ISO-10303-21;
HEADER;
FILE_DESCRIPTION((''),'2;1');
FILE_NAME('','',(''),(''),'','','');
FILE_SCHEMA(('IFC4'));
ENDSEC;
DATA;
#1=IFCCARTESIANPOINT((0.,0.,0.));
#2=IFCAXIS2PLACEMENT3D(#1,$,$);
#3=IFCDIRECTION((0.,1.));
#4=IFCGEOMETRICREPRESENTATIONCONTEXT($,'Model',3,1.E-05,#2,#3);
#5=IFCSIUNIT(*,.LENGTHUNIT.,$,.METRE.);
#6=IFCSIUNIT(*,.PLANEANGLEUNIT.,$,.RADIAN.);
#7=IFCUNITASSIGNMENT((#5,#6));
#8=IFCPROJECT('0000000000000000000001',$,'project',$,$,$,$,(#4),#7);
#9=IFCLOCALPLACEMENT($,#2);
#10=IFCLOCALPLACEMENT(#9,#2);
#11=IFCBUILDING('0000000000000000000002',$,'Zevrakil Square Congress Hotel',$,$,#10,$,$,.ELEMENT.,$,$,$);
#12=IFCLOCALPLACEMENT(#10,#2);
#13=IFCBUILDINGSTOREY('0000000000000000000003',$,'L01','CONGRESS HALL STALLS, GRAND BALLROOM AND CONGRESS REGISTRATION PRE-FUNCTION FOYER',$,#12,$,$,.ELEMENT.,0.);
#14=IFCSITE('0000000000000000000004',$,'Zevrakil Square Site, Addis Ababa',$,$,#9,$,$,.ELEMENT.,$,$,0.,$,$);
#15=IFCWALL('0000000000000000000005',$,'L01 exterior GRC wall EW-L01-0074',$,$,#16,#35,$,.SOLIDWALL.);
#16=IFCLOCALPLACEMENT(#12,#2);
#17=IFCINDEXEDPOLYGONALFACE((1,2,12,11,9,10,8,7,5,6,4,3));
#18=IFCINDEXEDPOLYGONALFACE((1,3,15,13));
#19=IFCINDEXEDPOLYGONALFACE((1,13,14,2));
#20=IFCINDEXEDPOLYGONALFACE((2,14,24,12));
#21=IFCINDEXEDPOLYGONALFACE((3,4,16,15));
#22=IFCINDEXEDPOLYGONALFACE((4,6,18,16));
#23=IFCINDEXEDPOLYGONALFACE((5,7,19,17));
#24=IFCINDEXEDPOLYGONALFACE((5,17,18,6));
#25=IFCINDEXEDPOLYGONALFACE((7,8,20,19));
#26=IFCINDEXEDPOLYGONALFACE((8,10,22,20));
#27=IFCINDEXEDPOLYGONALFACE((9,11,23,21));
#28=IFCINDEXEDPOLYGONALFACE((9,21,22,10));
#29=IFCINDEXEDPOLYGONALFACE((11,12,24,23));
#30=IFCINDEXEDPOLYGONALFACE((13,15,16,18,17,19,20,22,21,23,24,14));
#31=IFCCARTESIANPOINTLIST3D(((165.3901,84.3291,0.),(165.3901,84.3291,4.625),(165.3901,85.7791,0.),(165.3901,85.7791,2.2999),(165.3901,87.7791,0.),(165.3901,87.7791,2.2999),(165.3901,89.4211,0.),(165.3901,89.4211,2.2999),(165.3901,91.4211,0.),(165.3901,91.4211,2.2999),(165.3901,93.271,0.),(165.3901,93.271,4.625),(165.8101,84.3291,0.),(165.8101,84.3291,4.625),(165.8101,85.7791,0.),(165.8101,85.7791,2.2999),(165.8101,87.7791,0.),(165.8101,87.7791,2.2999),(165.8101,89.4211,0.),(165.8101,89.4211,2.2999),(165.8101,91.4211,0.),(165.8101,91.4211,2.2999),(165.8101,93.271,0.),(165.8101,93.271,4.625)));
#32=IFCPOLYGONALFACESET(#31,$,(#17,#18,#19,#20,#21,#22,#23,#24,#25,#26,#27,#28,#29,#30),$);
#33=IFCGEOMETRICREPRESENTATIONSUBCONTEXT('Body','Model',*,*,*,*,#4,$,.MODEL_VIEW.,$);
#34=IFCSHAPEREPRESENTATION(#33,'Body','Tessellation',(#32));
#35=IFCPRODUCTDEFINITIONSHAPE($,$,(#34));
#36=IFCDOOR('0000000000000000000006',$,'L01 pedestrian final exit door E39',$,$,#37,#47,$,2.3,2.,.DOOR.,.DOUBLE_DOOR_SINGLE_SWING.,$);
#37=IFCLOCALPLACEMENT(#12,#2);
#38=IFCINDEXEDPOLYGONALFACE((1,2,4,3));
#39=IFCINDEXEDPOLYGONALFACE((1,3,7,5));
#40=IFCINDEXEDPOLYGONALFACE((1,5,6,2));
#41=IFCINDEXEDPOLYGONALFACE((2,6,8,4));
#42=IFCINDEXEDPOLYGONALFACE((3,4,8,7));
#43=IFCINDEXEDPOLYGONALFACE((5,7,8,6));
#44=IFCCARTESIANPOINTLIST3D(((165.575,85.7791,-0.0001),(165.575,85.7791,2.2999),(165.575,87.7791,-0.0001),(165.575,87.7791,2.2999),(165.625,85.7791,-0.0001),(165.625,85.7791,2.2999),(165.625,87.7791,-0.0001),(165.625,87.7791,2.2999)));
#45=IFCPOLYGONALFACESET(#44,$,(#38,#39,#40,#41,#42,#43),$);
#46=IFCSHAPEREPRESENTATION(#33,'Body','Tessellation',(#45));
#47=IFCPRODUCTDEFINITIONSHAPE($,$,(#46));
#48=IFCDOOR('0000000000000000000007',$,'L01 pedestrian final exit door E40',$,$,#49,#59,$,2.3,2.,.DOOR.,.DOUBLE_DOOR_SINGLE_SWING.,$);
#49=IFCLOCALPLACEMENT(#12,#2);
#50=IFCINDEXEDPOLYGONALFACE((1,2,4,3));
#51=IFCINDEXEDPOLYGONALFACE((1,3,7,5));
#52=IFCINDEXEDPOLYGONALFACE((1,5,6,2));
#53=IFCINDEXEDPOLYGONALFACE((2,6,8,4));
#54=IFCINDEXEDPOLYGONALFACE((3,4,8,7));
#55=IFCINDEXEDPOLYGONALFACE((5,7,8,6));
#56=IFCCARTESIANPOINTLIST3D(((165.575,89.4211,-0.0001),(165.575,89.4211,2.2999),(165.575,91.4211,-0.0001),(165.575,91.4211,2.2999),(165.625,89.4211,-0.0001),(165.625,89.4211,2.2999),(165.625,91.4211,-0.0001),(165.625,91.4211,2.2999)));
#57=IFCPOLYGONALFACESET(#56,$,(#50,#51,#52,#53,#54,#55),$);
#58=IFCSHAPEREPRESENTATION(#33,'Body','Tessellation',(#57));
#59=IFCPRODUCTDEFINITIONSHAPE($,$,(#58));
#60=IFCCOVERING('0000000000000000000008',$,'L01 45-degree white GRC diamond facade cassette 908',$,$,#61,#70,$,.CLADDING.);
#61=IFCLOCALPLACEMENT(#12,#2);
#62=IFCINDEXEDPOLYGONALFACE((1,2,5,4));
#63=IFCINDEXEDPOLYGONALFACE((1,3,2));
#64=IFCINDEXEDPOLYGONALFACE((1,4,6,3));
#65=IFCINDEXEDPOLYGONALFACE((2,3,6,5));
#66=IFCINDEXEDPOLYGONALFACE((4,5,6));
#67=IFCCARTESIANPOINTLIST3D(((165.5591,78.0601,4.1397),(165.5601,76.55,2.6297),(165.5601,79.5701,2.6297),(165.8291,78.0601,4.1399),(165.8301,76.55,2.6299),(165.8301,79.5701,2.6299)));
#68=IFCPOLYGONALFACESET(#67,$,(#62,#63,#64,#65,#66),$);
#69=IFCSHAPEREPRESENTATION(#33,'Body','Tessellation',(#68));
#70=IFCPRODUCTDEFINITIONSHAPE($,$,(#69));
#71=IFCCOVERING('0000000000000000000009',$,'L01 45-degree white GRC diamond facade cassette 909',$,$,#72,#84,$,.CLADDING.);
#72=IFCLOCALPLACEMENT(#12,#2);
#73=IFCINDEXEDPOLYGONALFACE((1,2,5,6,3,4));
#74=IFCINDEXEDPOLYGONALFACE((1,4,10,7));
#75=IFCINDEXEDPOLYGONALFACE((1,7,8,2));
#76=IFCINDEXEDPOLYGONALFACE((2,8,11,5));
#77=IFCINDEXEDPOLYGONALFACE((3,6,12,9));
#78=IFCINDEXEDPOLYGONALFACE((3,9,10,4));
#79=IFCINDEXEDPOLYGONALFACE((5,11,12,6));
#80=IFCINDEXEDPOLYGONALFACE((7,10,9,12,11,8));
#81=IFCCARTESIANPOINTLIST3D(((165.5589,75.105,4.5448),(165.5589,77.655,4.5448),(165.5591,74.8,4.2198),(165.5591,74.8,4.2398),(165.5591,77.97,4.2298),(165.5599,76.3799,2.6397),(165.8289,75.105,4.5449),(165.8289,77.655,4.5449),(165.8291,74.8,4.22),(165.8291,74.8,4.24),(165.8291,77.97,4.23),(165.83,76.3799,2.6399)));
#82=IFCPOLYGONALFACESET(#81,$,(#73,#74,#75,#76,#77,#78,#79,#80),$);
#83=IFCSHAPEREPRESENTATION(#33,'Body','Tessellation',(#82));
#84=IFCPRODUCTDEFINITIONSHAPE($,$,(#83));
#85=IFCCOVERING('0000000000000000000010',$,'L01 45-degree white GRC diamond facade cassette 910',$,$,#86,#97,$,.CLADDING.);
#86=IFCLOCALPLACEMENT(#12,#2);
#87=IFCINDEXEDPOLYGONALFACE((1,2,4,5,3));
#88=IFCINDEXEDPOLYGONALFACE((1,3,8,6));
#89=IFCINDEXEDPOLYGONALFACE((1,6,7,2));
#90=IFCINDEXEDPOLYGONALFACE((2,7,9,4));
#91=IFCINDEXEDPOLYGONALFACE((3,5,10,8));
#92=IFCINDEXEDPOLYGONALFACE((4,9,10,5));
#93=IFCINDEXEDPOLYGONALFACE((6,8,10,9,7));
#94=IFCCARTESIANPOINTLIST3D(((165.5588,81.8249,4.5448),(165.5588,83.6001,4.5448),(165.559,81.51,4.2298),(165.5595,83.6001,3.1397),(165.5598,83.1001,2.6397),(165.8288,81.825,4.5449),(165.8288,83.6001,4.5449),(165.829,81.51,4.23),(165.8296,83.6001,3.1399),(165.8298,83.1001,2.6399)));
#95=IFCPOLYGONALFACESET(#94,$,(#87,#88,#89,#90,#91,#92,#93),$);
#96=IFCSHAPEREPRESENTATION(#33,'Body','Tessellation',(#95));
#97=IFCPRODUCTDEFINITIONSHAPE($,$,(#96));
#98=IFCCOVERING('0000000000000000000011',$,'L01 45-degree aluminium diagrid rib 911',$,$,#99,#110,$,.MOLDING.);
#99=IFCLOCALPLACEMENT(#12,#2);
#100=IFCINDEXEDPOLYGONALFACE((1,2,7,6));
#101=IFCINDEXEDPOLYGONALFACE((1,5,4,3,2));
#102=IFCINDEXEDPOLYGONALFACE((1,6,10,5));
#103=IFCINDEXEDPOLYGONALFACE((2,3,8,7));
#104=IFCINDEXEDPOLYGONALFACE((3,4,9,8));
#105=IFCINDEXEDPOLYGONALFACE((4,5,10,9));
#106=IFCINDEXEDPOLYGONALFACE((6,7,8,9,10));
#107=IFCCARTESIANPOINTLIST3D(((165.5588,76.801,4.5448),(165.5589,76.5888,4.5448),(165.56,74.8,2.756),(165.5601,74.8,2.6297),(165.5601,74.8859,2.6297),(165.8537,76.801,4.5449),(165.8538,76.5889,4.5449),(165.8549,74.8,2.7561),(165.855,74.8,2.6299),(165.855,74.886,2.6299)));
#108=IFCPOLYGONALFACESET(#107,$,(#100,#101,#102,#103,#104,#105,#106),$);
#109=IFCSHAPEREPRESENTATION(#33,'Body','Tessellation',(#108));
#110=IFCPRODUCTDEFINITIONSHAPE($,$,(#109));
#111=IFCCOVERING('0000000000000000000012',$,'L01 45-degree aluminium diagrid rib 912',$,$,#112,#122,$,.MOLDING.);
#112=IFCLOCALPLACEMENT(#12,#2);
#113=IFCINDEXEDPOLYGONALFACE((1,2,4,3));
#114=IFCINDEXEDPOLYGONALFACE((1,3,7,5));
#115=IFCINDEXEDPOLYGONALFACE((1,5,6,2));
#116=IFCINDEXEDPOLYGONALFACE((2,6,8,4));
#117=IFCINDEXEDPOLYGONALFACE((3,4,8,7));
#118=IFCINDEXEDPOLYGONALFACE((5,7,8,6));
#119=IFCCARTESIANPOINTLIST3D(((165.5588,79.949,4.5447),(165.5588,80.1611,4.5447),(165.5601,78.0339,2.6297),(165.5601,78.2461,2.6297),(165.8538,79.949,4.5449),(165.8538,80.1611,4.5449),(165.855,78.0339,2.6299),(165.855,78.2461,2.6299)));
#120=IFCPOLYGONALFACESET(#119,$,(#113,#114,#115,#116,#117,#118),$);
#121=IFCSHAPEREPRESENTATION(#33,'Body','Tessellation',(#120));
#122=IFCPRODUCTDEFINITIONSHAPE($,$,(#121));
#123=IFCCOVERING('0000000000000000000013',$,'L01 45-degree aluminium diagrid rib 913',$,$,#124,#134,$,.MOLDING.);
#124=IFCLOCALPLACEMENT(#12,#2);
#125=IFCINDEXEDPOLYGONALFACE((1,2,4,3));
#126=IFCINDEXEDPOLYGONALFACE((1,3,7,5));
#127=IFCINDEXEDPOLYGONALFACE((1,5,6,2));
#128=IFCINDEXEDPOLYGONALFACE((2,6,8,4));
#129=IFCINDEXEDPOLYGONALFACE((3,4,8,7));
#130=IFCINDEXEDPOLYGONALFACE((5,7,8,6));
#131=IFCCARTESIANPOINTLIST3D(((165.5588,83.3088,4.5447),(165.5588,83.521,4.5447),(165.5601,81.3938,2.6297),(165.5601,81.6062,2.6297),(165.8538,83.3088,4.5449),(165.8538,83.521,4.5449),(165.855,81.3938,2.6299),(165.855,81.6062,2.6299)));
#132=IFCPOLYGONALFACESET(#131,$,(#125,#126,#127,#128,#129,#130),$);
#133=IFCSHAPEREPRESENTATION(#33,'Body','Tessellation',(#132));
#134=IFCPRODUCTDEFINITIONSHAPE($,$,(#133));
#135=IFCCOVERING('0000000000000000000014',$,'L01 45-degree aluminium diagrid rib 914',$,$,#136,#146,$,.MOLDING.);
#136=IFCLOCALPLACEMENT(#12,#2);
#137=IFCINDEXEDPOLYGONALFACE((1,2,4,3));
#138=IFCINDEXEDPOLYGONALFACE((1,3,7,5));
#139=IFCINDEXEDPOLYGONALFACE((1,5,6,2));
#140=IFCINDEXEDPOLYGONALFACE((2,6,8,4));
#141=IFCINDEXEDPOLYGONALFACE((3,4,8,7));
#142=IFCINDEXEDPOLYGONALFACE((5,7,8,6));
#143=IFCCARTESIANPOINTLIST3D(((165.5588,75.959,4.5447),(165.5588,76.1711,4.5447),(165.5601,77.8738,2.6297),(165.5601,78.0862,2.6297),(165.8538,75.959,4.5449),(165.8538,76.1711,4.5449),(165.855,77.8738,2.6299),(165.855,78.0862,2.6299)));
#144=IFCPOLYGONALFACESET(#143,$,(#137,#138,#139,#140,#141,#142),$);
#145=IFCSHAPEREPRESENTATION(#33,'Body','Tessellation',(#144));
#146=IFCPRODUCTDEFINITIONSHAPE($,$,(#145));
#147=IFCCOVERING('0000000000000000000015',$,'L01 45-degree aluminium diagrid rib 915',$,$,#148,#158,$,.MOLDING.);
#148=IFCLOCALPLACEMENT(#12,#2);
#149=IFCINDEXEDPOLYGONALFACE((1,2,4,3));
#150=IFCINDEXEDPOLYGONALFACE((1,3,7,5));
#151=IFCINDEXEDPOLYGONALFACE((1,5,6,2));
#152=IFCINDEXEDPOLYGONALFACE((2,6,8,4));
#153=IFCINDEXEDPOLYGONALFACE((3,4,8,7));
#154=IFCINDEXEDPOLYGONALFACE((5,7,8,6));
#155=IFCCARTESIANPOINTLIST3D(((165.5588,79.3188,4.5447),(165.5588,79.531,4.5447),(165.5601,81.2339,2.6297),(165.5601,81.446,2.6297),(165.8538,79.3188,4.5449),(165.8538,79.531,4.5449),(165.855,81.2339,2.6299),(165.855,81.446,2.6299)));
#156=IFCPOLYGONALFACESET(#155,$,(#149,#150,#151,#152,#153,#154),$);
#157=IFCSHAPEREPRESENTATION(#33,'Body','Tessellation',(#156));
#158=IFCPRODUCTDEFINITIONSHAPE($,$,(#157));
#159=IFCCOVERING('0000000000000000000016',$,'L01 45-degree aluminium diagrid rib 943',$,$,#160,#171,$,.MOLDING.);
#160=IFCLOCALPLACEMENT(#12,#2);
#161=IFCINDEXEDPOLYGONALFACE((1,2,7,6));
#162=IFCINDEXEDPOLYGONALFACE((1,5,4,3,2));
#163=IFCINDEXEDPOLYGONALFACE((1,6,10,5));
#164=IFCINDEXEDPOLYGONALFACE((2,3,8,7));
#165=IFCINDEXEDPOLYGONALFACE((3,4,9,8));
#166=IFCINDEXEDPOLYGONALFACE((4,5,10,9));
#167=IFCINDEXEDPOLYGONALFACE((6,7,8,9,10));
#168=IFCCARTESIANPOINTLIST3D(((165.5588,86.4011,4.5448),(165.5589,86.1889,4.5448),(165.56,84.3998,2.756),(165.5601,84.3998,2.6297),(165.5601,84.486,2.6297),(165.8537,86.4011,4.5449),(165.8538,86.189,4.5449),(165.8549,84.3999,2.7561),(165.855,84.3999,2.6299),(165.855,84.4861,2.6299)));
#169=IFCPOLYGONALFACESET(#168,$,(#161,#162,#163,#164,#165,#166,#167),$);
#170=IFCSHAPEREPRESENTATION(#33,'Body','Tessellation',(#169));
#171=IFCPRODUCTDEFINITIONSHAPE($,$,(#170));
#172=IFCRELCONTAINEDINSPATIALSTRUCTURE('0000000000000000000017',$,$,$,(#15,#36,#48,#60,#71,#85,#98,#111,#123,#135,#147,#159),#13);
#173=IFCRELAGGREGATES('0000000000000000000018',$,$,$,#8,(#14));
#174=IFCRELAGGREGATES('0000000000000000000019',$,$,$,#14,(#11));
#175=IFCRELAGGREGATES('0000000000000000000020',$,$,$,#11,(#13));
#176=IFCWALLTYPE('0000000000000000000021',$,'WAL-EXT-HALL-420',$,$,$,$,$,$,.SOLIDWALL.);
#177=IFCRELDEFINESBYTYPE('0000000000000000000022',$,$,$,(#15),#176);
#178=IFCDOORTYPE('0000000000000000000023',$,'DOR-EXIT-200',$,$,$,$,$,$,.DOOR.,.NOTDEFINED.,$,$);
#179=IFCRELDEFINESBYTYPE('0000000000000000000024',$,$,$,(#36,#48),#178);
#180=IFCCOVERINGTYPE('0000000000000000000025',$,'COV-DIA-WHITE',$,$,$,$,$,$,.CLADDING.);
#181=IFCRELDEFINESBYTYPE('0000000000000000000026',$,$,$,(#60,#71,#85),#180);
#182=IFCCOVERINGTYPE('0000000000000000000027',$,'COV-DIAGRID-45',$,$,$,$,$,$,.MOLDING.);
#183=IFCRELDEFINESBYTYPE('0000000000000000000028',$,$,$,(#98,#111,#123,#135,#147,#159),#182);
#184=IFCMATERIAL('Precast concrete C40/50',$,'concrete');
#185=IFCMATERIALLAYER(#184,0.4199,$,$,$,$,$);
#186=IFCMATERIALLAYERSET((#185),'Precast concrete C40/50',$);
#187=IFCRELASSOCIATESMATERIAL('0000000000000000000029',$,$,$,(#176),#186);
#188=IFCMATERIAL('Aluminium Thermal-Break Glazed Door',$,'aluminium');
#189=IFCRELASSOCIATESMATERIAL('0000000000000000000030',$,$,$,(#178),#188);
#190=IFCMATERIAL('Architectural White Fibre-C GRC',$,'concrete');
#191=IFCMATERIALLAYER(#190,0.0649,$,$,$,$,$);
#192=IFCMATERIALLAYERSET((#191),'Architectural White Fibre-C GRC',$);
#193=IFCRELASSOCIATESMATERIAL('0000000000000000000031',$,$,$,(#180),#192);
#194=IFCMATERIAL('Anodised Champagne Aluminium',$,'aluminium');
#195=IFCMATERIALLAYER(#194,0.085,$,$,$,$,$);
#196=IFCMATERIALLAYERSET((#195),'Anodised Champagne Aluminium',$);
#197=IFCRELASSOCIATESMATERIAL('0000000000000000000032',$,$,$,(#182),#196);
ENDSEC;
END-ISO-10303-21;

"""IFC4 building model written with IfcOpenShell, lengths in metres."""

from ifc_helpers import new_model, si_unit, direction, frame, frame_2d, origin, place, context, subcontext, project, spatial, polyline, rectangle, outline, extrude, material, layer, layer_set, type_object, element, fill, save


model = new_model("IFC4")

# Units and contexts
model_context = context("Model", 3, precision=1e-05, world=origin(), true_north=direction((0.0, 1.0)))
body_context = subcontext(model_context, "Body", "Model", "MODEL_VIEW")
ifc_project = project(units=[si_unit("LENGTHUNIT", "METRE"), si_unit("PLANEANGLEUNIT", "RADIAN")], contexts=[model_context])

# Site, building, storey
site_placement = place(None, origin())
site = spatial("IfcSite", under=ifc_project, at=site_placement, Name="Zevrakil Square Site, Addis Ababa", CompositionType="ELEMENT", RefElevation=0.0)
building_placement = place(site_placement, origin())
building = spatial("IfcBuilding", under=site, at=building_placement, Name="Zevrakil Square Congress Hotel", CompositionType="ELEMENT")
storey_placement = place(building_placement, origin())
storey = spatial("IfcBuildingStorey", under=building, at=storey_placement, Name="L01", Description="CONGRESS HALL STALLS, GRAND BALLROOM AND CONGRESS REGISTRATION PRE-FUNCTION FOYER", CompositionType="ELEMENT", Elevation=0.0)

# Wall, openings, doors
ifc_material_1 = material(Name="Precast concrete C40/50", Category="concrete")
ifc_layer_1 = layer(ifc_material_1, 0.4199)
ifc_layer_set_1 = layer_set([ifc_layer_1], Name="Precast concrete C40/50")
wall_type = type_object("IfcWallType", Name="WAL-EXT-HALL-420", PredefinedType="SOLIDWALL", material=ifc_layer_set_1)
ifc_material_2 = material(Name="Aluminium Thermal-Break Glazed Door", Category="aluminium")
door_type = type_object("IfcDoorType", Name="DOR-EXIT-200", OperationType="NOTDEFINED", PredefinedType="DOOR", material=ifc_material_2)
wall_1_placement = place(storey_placement, frame((165.6001, 84.3291, 0.0), z_axis=(0.0, 0.0, 1.0), x_axis=(0.0, 1.0, 0.0)))
wall_1 = element("IfcWall", 1, at=wall_1_placement, inside=storey, type_object=wall_type, Name="L01 exterior GRC wall EW-L01-0074", PredefinedType="SOLIDWALL", context=body_context, shape_type="SweptSolid", body=[
    extrude(rectangle(XDim=8.9419, YDim=0.4199, at=frame_2d((4.4709, 0.0))), origin(), (0.0, 0.0, 1.0), 4.625),
])
opening_1_placement = place(wall_1_placement, frame((1.45, 0.0, 0.0)))
opening_1 = element("IfcOpeningElement", 2, at=opening_1_placement, cuts=wall_1, PredefinedType="OPENING", context=body_context, shape_type="SweptSolid", body=[
    extrude(rectangle(XDim=2.0, YDim=2.3, at=frame_2d((1.0, 1.1499))), frame((0.0, 0.22, 0.0), z_axis=(0.0, -1.0, 0.0), x_axis=(1.0, 0.0, 0.0)), (0.0, 0.0, 1.0), 0.4399),
])
opening_2_placement = place(wall_1_placement, frame((5.092, 0.0, 0.0)))
opening_2 = element("IfcOpeningElement", 3, at=opening_2_placement, cuts=wall_1, PredefinedType="OPENING", context=body_context, shape_type="SweptSolid", body=[
    extrude(rectangle(XDim=2.0, YDim=2.3, at=frame_2d((1.0, 1.1499))), frame((0.0, 0.22, 0.0), z_axis=(0.0, -1.0, 0.0), x_axis=(1.0, 0.0, 0.0)), (0.0, 0.0, 1.0), 0.4399),
])
door_1_placement = place(opening_1_placement, frame((2.0, 0.0, 0.0), z_axis=(0.0, 0.0, 1.0), x_axis=(-1.0, 0.0, 0.0)))
door_1 = element("IfcDoor", 4, at=door_1_placement, inside=storey, type_object=door_type, Name="L01 pedestrian final exit door E39", OperationType="DOUBLE_DOOR_SINGLE_SWING", OverallHeight=2.3, OverallWidth=2.0, PredefinedType="DOOR", context=body_context, shape_type="SweptSolid", body=[
    extrude(rectangle(XDim=2.0, YDim=2.3, at=frame_2d((1.0, 1.1499))), frame((0.0, 0.0249, 0.0), z_axis=(0.0, -1.0, 0.0), x_axis=(1.0, 0.0, 0.0)), (0.0, 0.0, 1.0), 0.05),
])
fill(opening_1, door_1)
door_2_placement = place(opening_2_placement, frame((2.0, 0.0, 0.0), z_axis=(0.0, 0.0, 1.0), x_axis=(-1.0, 0.0, 0.0)))
door_2 = element("IfcDoor", 5, at=door_2_placement, inside=storey, type_object=door_type, Name="L01 pedestrian final exit door E40", OperationType="DOUBLE_DOOR_SINGLE_SWING", OverallHeight=2.3, OverallWidth=2.0, PredefinedType="DOOR", context=body_context, shape_type="SweptSolid", body=[
    extrude(rectangle(XDim=2.0, YDim=2.3, at=frame_2d((1.0, 1.1499))), frame((0.0, 0.0249, 0.0), z_axis=(0.0, -1.0, 0.0), x_axis=(1.0, 0.0, 0.0)), (0.0, 0.0, 1.0), 0.05),
])
fill(opening_2, door_2)

# Coverings
ifc_material_3 = material(Name="Architectural White Fibre-C GRC", Category="concrete")
ifc_layer_2 = layer(ifc_material_3, 0.0649)
ifc_layer_set_2 = layer_set([ifc_layer_2], Name="Architectural White Fibre-C GRC")
covering_type_1 = type_object("IfcCoveringType", Name="COV-DIA-WHITE", PredefinedType="CLADDING", material=ifc_layer_set_2)
covering_1_placement = place(storey_placement, frame((165.8291, 78.0601, 4.1399), z_axis=(1.0, 0.0, 0.000647), x_axis=(0.000457, 0.707107, -0.707107)))
element("IfcCovering", 6, at=covering_1_placement, inside=storey, type_object=covering_type_1, Name="L01 45-degree white GRC diamond facade cassette 908", PredefinedType="CLADDING", context=body_context, shape_type="SweptSolid", body=[
    extrude(outline(polyline([(0.0, 0.0), (2.1355, 0.0), (0.0, -2.1355), (0.0, 0.0)])), origin(), (0.0, 0.0, -1.0), 0.27),
])
covering_2_placement = place(storey_placement, frame((165.8291, 77.97, 4.23), z_axis=(1.0, -0.000001, 0.000542), x_axis=(0.000383, -0.707107, -0.707107)))
element("IfcCovering", 7, at=covering_2_placement, inside=storey, type_object=covering_type_1, Name="L01 45-degree white GRC diamond facade cassette 909", PredefinedType="CLADDING", context=body_context, shape_type="SweptSolid", body=[
    extrude(outline(polyline([(0.0, 0.0), (2.2487, 0.0), (2.2486, -2.2344), (2.2344, -2.2486), (1.8032, -2.2486), (0.0, -0.4454), (0.0, 0.0)])), origin(), (0.0, 0.0, -1.0), 0.27),
])
covering_3_placement = place(storey_placement, frame((165.8298, 83.1001, 2.6399), z_axis=(1.0, 0.000026, 0.000535), x_axis=(-0.000359, -0.707107, 0.707107)))
element("IfcCovering", 8, at=covering_3_placement, inside=storey, type_object=covering_type_1, Name="L01 45-degree white GRC diamond facade cassette 910", PredefinedType="CLADDING", context=body_context, shape_type="SweptSolid", body=[
    extrude(outline(polyline([(0.0, 0.0), (2.2487, 0.0), (2.2487, -0.4454), (0.9935, -1.7006), (0.0, -0.7071), (0.0, 0.0)])), origin(), (0.0, 0.0, -1.0), 0.27),
])
ifc_material_4 = material(Name="Anodised Champagne Aluminium", Category="aluminium")
ifc_layer_3 = layer(ifc_material_4, 0.085)
ifc_layer_set_3 = layer_set([ifc_layer_3], Name="Anodised Champagne Aluminium")
covering_type_2 = type_object("IfcCoveringType", Name="COV-DIAGRID-45", PredefinedType="MOLDING", material=ifc_layer_set_3)
covering_4_placement = place(storey_placement, frame((165.855, 74.886, 2.6299), z_axis=(1.0, 0.000193, 0.000457), x_axis=(0.000193, -1.0, 0.0)))
element("IfcCovering", 9, at=covering_4_placement, inside=storey, type_object=covering_type_2, Name="L01 45-degree aluminium diagrid rib 911", PredefinedType="MOLDING", context=body_context, shape_type="SweptSolid", body=[
    extrude(outline(polyline([(0.0, 0.0), (0.0859, 0.0), (0.0859, -0.1262), (-1.7029, -1.915), (-1.915, -1.915), (0.0, 0.0)])), origin(), (0.0, 0.0, -1.0), 0.2949),
])
covering_5_placement = place(storey_placement, frame((165.855, 78.2461, 2.6299), z_axis=(1.0, 0.0, 0.000637), x_axis=(0.0, -1.0, 0.0)))
element("IfcCovering", 10, at=covering_5_placement, inside=storey, type_object=covering_type_2, Name="L01 45-degree aluminium diagrid rib 912", PredefinedType="MOLDING", context=body_context, shape_type="SweptSolid", body=[
    extrude(outline(polyline([(0.0, 0.0), (0.2122, 0.0), (-1.7029, -1.915), (-1.915, -1.915), (0.0, 0.0)])), origin(), (0.0, 0.0, -1.0), 0.2949),
])
covering_6_placement = place(storey_placement, frame((165.855, 81.6062, 2.6299), z_axis=(1.0, 0.0, 0.000637), x_axis=(0.0, -1.0, 0.0)))
element("IfcCovering", 11, at=covering_6_placement, inside=storey, type_object=covering_type_2, Name="L01 45-degree aluminium diagrid rib 913", PredefinedType="MOLDING", context=body_context, shape_type="SweptSolid", body=[
    extrude(outline(polyline([(0.0, 0.0), (0.2124, 0.0), (-1.7026, -1.915), (-1.9148, -1.915), (0.0, 0.0)])), origin(), (0.0, 0.0, -1.0), 0.2949),
])
covering_7_placement = place(storey_placement, frame((165.8538, 75.959, 4.5449), z_axis=(1.0, 0.0, 0.000637), x_axis=(0.0, 1.0, 0.0)))
element("IfcCovering", 12, at=covering_7_placement, inside=storey, type_object=covering_type_2, Name="L01 45-degree aluminium diagrid rib 914", PredefinedType="MOLDING", context=body_context, shape_type="SweptSolid", body=[
    extrude(outline(polyline([(0.0, 0.0), (0.2122, 0.0), (2.1272, -1.915), (1.9148, -1.915), (0.0, 0.0)])), origin(), (0.0, 0.0, -1.0), 0.2949),
])
covering_8_placement = place(storey_placement, frame((165.8538, 79.3188, 4.5449), z_axis=(1.0, 0.0, 0.000637), x_axis=(0.0, 1.0, 0.0)))
element("IfcCovering", 13, at=covering_8_placement, inside=storey, type_object=covering_type_2, Name="L01 45-degree aluminium diagrid rib 915", PredefinedType="MOLDING", context=body_context, shape_type="SweptSolid", body=[
    extrude(outline(polyline([(0.0, 0.0), (0.2122, 0.0), (2.1272, -1.915), (1.915, -1.915), (0.0, 0.0)])), origin(), (0.0, 0.0, -1.0), 0.2949),
])
covering_9_placement = place(storey_placement, frame((165.855, 84.4861, 2.6299), z_axis=(1.0, 0.000193, 0.000457), x_axis=(0.000193, -1.0, 0.0)))
element("IfcCovering", 14, at=covering_9_placement, inside=storey, type_object=covering_type_2, Name="L01 45-degree aluminium diagrid rib 943", PredefinedType="MOLDING", context=body_context, shape_type="SweptSolid", body=[
    extrude(outline(polyline([(0.0, 0.0), (0.0862, 0.0), (0.0862, -0.1262), (-1.7029, -1.915), (-1.915, -1.915), (0.0, 0.0)])), origin(), (0.0, 0.0, -1.0), 0.2949),
])

save(model, "model.ifc")
